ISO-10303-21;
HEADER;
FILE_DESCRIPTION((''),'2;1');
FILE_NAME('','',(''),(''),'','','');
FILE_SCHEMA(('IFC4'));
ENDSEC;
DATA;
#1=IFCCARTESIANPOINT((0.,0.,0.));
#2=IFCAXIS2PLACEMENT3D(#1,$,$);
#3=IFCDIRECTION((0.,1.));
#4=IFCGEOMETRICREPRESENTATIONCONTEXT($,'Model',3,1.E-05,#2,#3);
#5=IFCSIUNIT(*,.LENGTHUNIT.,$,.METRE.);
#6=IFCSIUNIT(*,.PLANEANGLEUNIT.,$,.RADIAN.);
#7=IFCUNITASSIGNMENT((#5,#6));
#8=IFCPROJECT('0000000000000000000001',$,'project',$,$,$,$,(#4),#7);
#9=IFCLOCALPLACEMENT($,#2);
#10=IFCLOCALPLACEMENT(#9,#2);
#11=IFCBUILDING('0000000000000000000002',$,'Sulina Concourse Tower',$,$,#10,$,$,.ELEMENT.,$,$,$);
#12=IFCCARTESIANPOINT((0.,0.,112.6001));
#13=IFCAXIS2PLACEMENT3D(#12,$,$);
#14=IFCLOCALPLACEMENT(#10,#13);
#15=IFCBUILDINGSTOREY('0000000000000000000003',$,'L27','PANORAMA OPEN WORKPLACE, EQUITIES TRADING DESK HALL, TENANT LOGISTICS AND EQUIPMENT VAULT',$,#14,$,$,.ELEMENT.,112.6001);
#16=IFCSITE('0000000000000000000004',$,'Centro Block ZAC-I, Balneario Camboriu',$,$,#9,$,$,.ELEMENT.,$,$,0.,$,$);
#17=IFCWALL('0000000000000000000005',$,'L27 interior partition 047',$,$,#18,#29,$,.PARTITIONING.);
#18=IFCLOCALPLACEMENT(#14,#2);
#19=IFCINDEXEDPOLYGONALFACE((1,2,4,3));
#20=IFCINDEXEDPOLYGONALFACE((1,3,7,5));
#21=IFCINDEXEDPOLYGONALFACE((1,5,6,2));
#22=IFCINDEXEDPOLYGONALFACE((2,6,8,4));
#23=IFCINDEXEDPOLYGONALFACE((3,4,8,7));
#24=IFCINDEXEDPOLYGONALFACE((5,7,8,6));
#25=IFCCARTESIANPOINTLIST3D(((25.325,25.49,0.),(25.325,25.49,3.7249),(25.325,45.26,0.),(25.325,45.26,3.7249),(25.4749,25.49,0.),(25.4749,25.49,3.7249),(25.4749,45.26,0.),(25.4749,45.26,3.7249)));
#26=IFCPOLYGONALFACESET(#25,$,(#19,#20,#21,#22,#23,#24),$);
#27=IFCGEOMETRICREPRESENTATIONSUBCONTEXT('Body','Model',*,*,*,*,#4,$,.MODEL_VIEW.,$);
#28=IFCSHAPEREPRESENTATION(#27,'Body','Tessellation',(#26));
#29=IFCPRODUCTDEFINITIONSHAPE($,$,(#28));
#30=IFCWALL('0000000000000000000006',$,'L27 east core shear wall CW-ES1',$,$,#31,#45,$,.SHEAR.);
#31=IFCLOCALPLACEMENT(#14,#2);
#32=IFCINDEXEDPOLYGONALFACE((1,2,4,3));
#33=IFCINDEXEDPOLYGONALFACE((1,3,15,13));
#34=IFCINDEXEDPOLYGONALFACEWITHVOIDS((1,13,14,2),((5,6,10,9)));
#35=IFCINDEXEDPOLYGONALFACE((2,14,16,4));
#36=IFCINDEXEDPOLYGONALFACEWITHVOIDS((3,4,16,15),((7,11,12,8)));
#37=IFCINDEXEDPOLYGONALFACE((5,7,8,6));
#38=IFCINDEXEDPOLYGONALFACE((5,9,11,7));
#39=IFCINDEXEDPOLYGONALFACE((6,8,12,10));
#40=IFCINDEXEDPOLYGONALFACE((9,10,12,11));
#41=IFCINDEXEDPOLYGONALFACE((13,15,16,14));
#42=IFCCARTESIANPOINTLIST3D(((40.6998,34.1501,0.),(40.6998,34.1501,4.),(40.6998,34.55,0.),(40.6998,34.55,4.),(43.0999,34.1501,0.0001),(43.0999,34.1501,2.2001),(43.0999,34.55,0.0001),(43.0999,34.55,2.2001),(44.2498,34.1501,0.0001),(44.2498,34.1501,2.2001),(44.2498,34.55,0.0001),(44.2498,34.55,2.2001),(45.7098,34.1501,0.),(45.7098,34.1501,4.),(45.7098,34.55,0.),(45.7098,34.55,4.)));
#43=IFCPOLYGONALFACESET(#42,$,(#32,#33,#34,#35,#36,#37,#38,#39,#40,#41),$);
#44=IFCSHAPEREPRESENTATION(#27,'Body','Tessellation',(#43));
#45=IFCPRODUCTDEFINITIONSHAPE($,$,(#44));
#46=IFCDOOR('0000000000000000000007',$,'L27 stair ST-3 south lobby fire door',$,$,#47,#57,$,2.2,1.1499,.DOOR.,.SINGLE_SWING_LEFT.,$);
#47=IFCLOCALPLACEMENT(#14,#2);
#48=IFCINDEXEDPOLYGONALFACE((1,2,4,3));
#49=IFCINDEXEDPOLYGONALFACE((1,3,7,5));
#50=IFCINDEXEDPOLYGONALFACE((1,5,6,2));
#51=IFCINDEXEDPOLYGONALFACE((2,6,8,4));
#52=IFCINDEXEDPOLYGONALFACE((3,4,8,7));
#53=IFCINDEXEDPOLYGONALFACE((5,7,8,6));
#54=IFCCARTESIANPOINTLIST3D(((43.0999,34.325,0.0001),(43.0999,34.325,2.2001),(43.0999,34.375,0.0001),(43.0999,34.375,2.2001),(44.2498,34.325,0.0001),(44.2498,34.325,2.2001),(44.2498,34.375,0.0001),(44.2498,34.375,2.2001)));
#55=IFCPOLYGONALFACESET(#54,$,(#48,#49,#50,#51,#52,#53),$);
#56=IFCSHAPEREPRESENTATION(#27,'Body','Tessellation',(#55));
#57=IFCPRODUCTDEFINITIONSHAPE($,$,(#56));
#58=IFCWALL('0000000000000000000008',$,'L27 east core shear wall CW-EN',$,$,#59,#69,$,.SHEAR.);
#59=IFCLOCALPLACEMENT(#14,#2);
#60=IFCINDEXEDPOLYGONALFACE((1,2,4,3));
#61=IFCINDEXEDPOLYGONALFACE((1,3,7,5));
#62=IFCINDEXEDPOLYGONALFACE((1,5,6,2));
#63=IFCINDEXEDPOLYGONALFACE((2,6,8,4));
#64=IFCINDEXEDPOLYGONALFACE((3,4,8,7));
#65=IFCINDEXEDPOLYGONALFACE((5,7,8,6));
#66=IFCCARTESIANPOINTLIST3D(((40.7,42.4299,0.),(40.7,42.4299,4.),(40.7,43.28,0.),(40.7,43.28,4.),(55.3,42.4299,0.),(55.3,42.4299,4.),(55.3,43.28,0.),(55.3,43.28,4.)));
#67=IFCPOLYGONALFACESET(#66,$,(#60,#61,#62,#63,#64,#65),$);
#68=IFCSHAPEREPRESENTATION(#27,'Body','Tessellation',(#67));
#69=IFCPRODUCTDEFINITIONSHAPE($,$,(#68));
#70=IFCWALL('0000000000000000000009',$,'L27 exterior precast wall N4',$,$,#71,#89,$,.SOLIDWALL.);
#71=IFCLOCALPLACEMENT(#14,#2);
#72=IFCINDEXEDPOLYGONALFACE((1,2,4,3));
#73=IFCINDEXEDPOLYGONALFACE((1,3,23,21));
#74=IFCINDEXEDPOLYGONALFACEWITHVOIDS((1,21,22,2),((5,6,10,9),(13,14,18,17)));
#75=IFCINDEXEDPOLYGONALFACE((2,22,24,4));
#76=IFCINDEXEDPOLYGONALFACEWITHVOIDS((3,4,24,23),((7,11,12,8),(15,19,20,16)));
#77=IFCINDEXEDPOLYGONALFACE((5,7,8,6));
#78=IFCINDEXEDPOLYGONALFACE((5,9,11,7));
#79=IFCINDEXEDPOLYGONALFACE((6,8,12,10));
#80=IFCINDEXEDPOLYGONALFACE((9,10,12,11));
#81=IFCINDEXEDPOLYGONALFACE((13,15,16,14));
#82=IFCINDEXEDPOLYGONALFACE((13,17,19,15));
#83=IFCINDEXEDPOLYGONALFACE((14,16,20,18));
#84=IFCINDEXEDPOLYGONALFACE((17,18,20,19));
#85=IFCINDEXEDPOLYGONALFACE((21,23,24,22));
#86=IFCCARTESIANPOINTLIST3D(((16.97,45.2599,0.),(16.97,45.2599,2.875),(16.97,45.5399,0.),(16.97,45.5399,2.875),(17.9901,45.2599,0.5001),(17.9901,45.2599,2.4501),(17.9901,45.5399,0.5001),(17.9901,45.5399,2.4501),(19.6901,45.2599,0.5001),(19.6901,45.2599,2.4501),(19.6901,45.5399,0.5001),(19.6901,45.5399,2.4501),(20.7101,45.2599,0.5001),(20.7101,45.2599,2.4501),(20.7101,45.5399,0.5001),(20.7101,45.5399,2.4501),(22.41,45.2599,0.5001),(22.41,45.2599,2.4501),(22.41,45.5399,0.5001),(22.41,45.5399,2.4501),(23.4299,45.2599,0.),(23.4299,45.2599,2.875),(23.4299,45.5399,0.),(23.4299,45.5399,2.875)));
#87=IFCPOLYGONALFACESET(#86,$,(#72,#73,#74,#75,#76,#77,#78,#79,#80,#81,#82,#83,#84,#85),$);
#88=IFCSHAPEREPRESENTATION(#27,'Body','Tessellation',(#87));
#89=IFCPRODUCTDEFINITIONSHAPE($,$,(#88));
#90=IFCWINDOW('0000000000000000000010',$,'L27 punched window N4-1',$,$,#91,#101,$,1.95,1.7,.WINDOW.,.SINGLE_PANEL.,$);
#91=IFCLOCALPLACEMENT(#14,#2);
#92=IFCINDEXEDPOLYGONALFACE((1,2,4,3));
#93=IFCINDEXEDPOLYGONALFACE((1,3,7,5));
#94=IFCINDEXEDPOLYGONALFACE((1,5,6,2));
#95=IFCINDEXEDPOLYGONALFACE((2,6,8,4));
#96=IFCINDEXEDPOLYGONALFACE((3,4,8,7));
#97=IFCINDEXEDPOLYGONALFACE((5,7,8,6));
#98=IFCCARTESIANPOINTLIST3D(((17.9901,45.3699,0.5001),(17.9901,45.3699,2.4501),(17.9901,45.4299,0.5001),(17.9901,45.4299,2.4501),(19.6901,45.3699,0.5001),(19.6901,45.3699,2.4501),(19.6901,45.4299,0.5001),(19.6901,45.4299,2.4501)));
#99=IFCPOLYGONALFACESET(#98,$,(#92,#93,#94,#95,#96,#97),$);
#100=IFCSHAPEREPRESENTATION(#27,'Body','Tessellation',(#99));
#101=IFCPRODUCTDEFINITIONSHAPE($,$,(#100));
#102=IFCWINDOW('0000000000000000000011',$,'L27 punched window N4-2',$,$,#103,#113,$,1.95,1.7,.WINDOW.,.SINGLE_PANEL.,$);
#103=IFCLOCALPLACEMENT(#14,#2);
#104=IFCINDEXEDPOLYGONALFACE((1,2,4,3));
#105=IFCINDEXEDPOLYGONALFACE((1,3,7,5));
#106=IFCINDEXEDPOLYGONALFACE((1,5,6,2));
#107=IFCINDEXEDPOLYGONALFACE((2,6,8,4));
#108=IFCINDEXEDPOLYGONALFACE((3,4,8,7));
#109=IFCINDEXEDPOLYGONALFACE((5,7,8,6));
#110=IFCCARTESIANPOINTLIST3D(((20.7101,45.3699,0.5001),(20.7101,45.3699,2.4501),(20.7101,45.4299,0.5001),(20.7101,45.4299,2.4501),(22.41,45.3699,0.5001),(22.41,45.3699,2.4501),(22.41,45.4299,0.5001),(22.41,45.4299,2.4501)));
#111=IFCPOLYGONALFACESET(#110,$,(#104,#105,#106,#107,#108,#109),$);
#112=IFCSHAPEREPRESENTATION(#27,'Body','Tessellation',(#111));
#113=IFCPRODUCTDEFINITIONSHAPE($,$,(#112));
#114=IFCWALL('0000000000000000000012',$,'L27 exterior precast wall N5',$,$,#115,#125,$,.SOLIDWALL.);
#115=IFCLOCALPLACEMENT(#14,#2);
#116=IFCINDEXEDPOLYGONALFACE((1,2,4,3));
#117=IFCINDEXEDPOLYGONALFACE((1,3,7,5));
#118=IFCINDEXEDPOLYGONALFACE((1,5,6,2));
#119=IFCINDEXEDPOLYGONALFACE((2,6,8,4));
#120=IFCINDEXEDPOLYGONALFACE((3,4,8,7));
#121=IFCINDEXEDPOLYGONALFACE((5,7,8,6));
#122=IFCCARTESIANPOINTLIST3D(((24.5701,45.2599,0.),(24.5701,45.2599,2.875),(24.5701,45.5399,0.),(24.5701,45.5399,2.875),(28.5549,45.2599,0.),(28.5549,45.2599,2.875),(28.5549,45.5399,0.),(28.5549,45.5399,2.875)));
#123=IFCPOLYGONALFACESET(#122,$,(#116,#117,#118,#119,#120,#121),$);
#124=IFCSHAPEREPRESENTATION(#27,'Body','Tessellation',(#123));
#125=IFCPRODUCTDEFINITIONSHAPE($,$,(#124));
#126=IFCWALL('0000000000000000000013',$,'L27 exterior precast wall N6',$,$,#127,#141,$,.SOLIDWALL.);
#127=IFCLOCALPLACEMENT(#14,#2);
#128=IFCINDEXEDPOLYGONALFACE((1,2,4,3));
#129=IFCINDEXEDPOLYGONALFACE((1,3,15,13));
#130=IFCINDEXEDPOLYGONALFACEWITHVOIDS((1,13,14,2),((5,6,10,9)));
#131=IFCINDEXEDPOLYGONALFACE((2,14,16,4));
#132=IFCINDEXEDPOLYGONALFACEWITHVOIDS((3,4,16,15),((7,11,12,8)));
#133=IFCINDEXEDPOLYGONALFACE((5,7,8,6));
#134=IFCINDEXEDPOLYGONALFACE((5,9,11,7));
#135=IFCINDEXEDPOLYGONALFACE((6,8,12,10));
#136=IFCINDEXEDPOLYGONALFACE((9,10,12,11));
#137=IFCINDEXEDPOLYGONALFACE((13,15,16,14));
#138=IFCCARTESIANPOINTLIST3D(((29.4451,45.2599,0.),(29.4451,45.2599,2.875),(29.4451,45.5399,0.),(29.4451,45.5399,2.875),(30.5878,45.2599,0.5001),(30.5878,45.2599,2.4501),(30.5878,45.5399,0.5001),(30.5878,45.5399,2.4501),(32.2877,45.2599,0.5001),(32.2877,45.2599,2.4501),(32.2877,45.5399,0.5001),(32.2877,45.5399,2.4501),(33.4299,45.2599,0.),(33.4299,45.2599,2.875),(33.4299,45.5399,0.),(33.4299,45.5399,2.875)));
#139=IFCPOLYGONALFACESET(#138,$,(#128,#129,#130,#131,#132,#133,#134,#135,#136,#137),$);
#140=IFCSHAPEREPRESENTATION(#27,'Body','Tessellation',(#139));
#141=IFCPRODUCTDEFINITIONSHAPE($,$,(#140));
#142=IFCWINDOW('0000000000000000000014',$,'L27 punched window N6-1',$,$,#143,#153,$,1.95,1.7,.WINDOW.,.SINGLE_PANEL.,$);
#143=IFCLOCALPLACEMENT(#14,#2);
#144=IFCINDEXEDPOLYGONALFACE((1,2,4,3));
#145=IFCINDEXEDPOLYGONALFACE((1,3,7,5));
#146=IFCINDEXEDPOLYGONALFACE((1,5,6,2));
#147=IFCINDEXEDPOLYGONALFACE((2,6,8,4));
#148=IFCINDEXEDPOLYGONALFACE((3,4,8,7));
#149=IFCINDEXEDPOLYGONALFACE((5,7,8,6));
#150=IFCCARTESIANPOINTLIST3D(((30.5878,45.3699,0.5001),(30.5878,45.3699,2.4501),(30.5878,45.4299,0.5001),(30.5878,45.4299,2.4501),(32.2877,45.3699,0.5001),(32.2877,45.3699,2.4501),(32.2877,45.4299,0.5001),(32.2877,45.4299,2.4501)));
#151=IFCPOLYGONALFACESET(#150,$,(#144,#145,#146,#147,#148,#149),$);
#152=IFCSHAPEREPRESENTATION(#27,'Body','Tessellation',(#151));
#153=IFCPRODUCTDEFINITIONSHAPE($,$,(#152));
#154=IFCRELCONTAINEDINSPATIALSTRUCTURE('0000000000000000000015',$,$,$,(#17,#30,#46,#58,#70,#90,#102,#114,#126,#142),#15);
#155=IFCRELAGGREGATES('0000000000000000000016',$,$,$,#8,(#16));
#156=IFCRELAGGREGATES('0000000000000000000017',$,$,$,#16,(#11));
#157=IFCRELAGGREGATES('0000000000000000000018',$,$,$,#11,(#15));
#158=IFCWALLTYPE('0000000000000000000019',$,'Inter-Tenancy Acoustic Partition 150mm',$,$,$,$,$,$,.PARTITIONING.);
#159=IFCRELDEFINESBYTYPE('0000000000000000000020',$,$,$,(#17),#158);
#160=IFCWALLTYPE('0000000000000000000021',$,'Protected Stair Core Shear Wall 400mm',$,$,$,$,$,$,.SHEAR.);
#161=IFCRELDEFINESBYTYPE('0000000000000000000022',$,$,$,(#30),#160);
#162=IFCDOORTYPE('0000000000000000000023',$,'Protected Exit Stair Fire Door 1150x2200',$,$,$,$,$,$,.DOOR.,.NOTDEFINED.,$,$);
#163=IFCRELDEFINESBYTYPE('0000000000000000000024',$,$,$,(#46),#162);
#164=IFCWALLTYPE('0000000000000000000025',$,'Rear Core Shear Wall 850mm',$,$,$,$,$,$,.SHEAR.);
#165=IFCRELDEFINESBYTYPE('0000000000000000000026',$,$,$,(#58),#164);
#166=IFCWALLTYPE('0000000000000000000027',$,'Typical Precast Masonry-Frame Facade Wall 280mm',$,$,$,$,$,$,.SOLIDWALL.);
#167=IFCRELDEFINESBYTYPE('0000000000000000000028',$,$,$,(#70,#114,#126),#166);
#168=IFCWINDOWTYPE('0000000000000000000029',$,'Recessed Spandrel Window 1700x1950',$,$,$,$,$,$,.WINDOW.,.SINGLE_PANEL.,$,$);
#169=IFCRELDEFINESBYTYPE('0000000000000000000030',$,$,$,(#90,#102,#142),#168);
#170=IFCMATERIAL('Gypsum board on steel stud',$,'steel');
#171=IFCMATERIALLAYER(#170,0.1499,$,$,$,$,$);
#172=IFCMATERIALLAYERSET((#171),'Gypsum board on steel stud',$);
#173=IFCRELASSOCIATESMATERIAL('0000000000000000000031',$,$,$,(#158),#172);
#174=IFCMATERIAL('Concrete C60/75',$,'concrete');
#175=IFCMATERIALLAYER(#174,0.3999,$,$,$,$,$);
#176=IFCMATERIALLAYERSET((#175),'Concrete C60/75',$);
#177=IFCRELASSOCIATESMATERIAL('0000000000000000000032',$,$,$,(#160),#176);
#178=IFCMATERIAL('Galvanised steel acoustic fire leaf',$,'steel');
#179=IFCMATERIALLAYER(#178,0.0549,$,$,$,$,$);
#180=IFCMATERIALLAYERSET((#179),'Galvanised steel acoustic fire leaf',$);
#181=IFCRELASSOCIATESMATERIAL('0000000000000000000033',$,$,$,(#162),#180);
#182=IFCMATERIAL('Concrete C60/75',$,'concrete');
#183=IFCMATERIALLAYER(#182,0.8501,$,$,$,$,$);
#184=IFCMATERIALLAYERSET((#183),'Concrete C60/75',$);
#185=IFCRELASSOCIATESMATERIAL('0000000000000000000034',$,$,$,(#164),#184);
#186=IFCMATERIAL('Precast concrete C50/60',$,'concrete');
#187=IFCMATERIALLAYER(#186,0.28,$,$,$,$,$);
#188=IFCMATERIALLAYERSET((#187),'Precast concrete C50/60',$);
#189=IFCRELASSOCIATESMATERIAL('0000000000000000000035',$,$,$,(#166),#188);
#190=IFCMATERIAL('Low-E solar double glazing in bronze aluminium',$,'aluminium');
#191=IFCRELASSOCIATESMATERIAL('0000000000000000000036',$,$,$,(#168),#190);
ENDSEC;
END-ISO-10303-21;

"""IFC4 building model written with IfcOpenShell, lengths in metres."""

from ifc_helpers import new_model, si_unit, direction, frame, frame_2d, origin, place, context, subcontext, project, spatial, rectangle, extrude, material, layer, layer_set, type_object, element, fill, save


model = new_model("IFC4")

# Units and contexts
model_context = context("Model", 3, precision=1e-05, world=origin(), true_north=direction((0.0, 1.0)))
body_context = subcontext(model_context, "Body", "Model", "MODEL_VIEW")
ifc_project = project(units=[si_unit("LENGTHUNIT", "METRE"), si_unit("PLANEANGLEUNIT", "RADIAN")], contexts=[model_context])

# Site, building, storey
site_placement = place(None, origin())
site = spatial("IfcSite", under=ifc_project, at=site_placement, Name="Centro Block ZAC-I, Balneario Camboriu", CompositionType="ELEMENT", RefElevation=0.0)
building_placement = place(site_placement, origin())
building = spatial("IfcBuilding", under=site, at=building_placement, Name="Sulina Concourse Tower", CompositionType="ELEMENT")
storey_placement = place(building_placement, frame((0.0, 0.0, 112.6001)))
storey = spatial("IfcBuildingStorey", under=building, at=storey_placement, Name="L27", Description="PANORAMA OPEN WORKPLACE, EQUITIES TRADING DESK HALL, TENANT LOGISTICS AND EQUIPMENT VAULT", CompositionType="ELEMENT", Elevation=112.6001)

# Wall
ifc_material_1 = material(Name="Gypsum board on steel stud", Category="steel")
ifc_layer_1 = layer(ifc_material_1, 0.1499)
ifc_layer_set_1 = layer_set([ifc_layer_1], Name="Gypsum board on steel stud")
wall_type_1 = type_object("IfcWallType", Name="Inter-Tenancy Acoustic Partition 150mm", PredefinedType="PARTITIONING", material=ifc_layer_set_1)
wall_1_placement = place(storey_placement, frame((25.3999, 25.49, 0.0), z_axis=(0.0, 0.0, 1.0), x_axis=(0.0, 1.0, 0.0)))
element("IfcWall", 1, at=wall_1_placement, inside=storey, type_object=wall_type_1, Name="L27 interior partition 047", PredefinedType="PARTITIONING", context=body_context, shape_type="SweptSolid", body=[
    extrude(rectangle(XDim=19.77, YDim=0.1499, at=frame_2d((9.885, 0.0))), origin(), (0.0, 0.0, 1.0), 3.7249),
])

# Wall, opening, door
ifc_material_2 = material(Name="Concrete C60/75", Category="concrete")
ifc_layer_2 = layer(ifc_material_2, 0.3999)
ifc_layer_set_2 = layer_set([ifc_layer_2], Name="Concrete C60/75")
wall_type_2 = type_object("IfcWallType", Name="Protected Stair Core Shear Wall 400mm", PredefinedType="SHEAR", material=ifc_layer_set_2)
wall_2_placement = place(storey_placement, frame((40.7, 34.3501, 0.0), z_axis=(0.0, 0.0, 1.0), x_axis=(1.0, 0.0, 0.0)))
wall_2 = element("IfcWall", 2, at=wall_2_placement, inside=storey, type_object=wall_type_2, Name="L27 east core shear wall CW-ES1", PredefinedType="SHEAR", context=body_context, shape_type="SweptSolid", body=[
    extrude(rectangle(XDim=5.01, YDim=0.3999, at=frame_2d((2.5049, 0.0))), origin(), (0.0, 0.0, 1.0), 4.0),
])
opening_1_placement = place(wall_2_placement, frame((2.3999, 0.0, 0.0)))
opening_1 = element("IfcOpeningElement", 3, at=opening_1_placement, cuts=wall_2, PredefinedType="OPENING", context=body_context, shape_type="SweptSolid", body=[
    extrude(rectangle(XDim=1.1499, YDim=2.2, at=frame_2d((0.575, 1.1001))), frame((0.0, 0.21, 0.0), z_axis=(0.0, -1.0, 0.0), x_axis=(1.0, 0.0, 0.0)), (0.0, 0.0, 1.0), 0.4199),
])
ifc_material_3 = material(Name="Galvanised steel acoustic fire leaf", Category="steel")
ifc_layer_3 = layer(ifc_material_3, 0.0549)
ifc_layer_set_3 = layer_set([ifc_layer_3], Name="Galvanised steel acoustic fire leaf")
door_type = type_object("IfcDoorType", Name="Protected Exit Stair Fire Door 1150x2200", OperationType="NOTDEFINED", PredefinedType="DOOR", material=ifc_layer_set_3)
door_placement = place(opening_1_placement, origin())
door = element("IfcDoor", 4, at=door_placement, inside=storey, type_object=door_type, Name="L27 stair ST-3 south lobby fire door", OperationType="SINGLE_SWING_LEFT", OverallHeight=2.2, OverallWidth=1.1499, PredefinedType="DOOR", context=body_context, shape_type="SweptSolid", body=[
    extrude(rectangle(XDim=1.1499, YDim=2.2, at=frame_2d((0.575, 1.1001))), frame((0.0, 0.0249, 0.0), z_axis=(0.0, -1.0, 0.0), x_axis=(1.0, 0.0, 0.0)), (0.0, 0.0, 1.0), 0.05),
])
fill(opening_1, door)

# Wall
ifc_material_4 = material(Name="Concrete C60/75", Category="concrete")
ifc_layer_4 = layer(ifc_material_4, 0.8501)
ifc_layer_set_4 = layer_set([ifc_layer_4], Name="Concrete C60/75")
wall_type_3 = type_object("IfcWallType", Name="Rear Core Shear Wall 850mm", PredefinedType="SHEAR", material=ifc_layer_set_4)
wall_3_placement = place(storey_placement, frame((40.7, 42.855, 0.0), z_axis=(0.0, 0.0, 1.0), x_axis=(1.0, 0.0, 0.0)))
element("IfcWall", 5, at=wall_3_placement, inside=storey, type_object=wall_type_3, Name="L27 east core shear wall CW-EN", PredefinedType="SHEAR", context=body_context, shape_type="SweptSolid", body=[
    extrude(rectangle(XDim=14.6001, YDim=0.8501, at=frame_2d((7.3, 0.0))), origin(), (0.0, 0.0, 1.0), 4.0),
])

# Wall, openings, windows
ifc_material_5 = material(Name="Precast concrete C50/60", Category="concrete")
ifc_layer_5 = layer(ifc_material_5, 0.28)
ifc_layer_set_5 = layer_set([ifc_layer_5], Name="Precast concrete C50/60")
wall_type_4 = type_object("IfcWallType", Name="Typical Precast Masonry-Frame Facade Wall 280mm", PredefinedType="SOLIDWALL", material=ifc_layer_set_5)
wall_4_placement = place(storey_placement, frame((16.97, 45.3999, 0.0), z_axis=(0.0, 0.0, 1.0), x_axis=(1.0, 0.0, 0.0)))
wall_4 = element("IfcWall", 6, at=wall_4_placement, inside=storey, type_object=wall_type_4, Name="L27 exterior precast wall N4", PredefinedType="SOLIDWALL", context=body_context, shape_type="SweptSolid", body=[
    extrude(rectangle(XDim=6.46, YDim=0.28, at=frame_2d((3.23, 0.0))), origin(), (0.0, 0.0, 1.0), 2.875),
])
opening_2_placement = place(wall_4_placement, frame((1.02, 0.0, 0.5)))
opening_2 = element("IfcOpeningElement", 7, at=opening_2_placement, cuts=wall_4, PredefinedType="OPENING", context=body_context, shape_type="SweptSolid", body=[
    extrude(rectangle(XDim=1.7, YDim=1.95, at=frame_2d((0.8501, 0.9751))), frame((0.0, 0.1499, 0.0), z_axis=(0.0, -1.0, 0.0), x_axis=(1.0, 0.0, 0.0)), (0.0, 0.0, 1.0), 0.3),
])
opening_3_placement = place(wall_4_placement, frame((3.74, 0.0, 0.5)))
opening_3 = element("IfcOpeningElement", 8, at=opening_3_placement, cuts=wall_4, PredefinedType="OPENING", context=body_context, shape_type="SweptSolid", body=[
    extrude(rectangle(XDim=1.7, YDim=1.95, at=frame_2d((0.8501, 0.9751))), frame((0.0, 0.1499, 0.0), z_axis=(0.0, -1.0, 0.0), x_axis=(1.0, 0.0, 0.0)), (0.0, 0.0, 1.0), 0.3),
])
ifc_material_6 = material(Name="Low-E solar double glazing in bronze aluminium", Category="aluminium")
window_type = type_object("IfcWindowType", Name="Recessed Spandrel Window 1700x1950", PartitioningType="SINGLE_PANEL", PredefinedType="WINDOW", material=ifc_material_6)
window_1_placement = place(opening_2_placement, origin())
window_1 = element("IfcWindow", 9, at=window_1_placement, inside=storey, type_object=window_type, Name="L27 punched window N4-1", OverallHeight=1.95, OverallWidth=1.7, PartitioningType="SINGLE_PANEL", PredefinedType="WINDOW", context=body_context, shape_type="SweptSolid", body=[
    extrude(rectangle(XDim=1.7, YDim=1.95, at=frame_2d((0.8501, 0.9751))), frame((0.0, 0.03, 0.0), z_axis=(0.0, -1.0, 0.0), x_axis=(1.0, 0.0, 0.0)), (0.0, 0.0, 1.0), 0.0601),
])
fill(opening_2, window_1)
window_2_placement = place(opening_3_placement, origin())
window_2 = element("IfcWindow", 10, at=window_2_placement, inside=storey, type_object=window_type, Name="L27 punched window N4-2", OverallHeight=1.95, OverallWidth=1.7, PartitioningType="SINGLE_PANEL", PredefinedType="WINDOW", context=body_context, shape_type="SweptSolid", body=[
    extrude(rectangle(XDim=1.7, YDim=1.95, at=frame_2d((0.8501, 0.9751))), frame((0.0, 0.03, 0.0), z_axis=(0.0, -1.0, 0.0), x_axis=(1.0, 0.0, 0.0)), (0.0, 0.0, 1.0), 0.0601),
])
fill(opening_3, window_2)

# Wall
wall_5_placement = place(storey_placement, frame((24.5701, 45.3999, 0.0), z_axis=(0.0, 0.0, 1.0), x_axis=(1.0, 0.0, 0.0)))
element("IfcWall", 11, at=wall_5_placement, inside=storey, type_object=wall_type_4, Name="L27 exterior precast wall N5", PredefinedType="SOLIDWALL", context=body_context, shape_type="SweptSolid", body=[
    extrude(rectangle(XDim=3.9849, YDim=0.28, at=frame_2d((1.9924, 0.0))), origin(), (0.0, 0.0, 1.0), 2.875),
])

# Wall, opening, window
wall_6_placement = place(storey_placement, frame((29.4451, 45.3999, 0.0), z_axis=(0.0, 0.0, 1.0), x_axis=(1.0, 0.0, 0.0)))
wall_6 = element("IfcWall", 12, at=wall_6_placement, inside=storey, type_object=wall_type_4, Name="L27 exterior precast wall N6", PredefinedType="SOLIDWALL", context=body_context, shape_type="SweptSolid", body=[
    extrude(rectangle(XDim=3.9849, YDim=0.28, at=frame_2d((1.9924, 0.0))), origin(), (0.0, 0.0, 1.0), 2.875),
])
opening_4_placement = place(wall_6_placement, frame((1.1426, 0.0, 0.5)))
opening_4 = element("IfcOpeningElement", 13, at=opening_4_placement, cuts=wall_6, PredefinedType="OPENING", context=body_context, shape_type="SweptSolid", body=[
    extrude(rectangle(XDim=1.7, YDim=1.95, at=frame_2d((0.8501, 0.9751))), frame((0.0, 0.1499, 0.0), z_axis=(0.0, -1.0, 0.0), x_axis=(1.0, 0.0, 0.0)), (0.0, 0.0, 1.0), 0.3),
])
window_3_placement = place(opening_4_placement, origin())
window_3 = element("IfcWindow", 14, at=window_3_placement, inside=storey, type_object=window_type, Name="L27 punched window N6-1", OverallHeight=1.95, OverallWidth=1.7, PartitioningType="SINGLE_PANEL", PredefinedType="WINDOW", context=body_context, shape_type="SweptSolid", body=[
    extrude(rectangle(XDim=1.7, YDim=1.95, at=frame_2d((0.8501, 0.9751))), frame((0.0, 0.03, 0.0), z_axis=(0.0, -1.0, 0.0), x_axis=(1.0, 0.0, 0.0)), (0.0, 0.0, 1.0), 0.0601),
])
fill(opening_4, window_3)

save(model, "model.ifc")
